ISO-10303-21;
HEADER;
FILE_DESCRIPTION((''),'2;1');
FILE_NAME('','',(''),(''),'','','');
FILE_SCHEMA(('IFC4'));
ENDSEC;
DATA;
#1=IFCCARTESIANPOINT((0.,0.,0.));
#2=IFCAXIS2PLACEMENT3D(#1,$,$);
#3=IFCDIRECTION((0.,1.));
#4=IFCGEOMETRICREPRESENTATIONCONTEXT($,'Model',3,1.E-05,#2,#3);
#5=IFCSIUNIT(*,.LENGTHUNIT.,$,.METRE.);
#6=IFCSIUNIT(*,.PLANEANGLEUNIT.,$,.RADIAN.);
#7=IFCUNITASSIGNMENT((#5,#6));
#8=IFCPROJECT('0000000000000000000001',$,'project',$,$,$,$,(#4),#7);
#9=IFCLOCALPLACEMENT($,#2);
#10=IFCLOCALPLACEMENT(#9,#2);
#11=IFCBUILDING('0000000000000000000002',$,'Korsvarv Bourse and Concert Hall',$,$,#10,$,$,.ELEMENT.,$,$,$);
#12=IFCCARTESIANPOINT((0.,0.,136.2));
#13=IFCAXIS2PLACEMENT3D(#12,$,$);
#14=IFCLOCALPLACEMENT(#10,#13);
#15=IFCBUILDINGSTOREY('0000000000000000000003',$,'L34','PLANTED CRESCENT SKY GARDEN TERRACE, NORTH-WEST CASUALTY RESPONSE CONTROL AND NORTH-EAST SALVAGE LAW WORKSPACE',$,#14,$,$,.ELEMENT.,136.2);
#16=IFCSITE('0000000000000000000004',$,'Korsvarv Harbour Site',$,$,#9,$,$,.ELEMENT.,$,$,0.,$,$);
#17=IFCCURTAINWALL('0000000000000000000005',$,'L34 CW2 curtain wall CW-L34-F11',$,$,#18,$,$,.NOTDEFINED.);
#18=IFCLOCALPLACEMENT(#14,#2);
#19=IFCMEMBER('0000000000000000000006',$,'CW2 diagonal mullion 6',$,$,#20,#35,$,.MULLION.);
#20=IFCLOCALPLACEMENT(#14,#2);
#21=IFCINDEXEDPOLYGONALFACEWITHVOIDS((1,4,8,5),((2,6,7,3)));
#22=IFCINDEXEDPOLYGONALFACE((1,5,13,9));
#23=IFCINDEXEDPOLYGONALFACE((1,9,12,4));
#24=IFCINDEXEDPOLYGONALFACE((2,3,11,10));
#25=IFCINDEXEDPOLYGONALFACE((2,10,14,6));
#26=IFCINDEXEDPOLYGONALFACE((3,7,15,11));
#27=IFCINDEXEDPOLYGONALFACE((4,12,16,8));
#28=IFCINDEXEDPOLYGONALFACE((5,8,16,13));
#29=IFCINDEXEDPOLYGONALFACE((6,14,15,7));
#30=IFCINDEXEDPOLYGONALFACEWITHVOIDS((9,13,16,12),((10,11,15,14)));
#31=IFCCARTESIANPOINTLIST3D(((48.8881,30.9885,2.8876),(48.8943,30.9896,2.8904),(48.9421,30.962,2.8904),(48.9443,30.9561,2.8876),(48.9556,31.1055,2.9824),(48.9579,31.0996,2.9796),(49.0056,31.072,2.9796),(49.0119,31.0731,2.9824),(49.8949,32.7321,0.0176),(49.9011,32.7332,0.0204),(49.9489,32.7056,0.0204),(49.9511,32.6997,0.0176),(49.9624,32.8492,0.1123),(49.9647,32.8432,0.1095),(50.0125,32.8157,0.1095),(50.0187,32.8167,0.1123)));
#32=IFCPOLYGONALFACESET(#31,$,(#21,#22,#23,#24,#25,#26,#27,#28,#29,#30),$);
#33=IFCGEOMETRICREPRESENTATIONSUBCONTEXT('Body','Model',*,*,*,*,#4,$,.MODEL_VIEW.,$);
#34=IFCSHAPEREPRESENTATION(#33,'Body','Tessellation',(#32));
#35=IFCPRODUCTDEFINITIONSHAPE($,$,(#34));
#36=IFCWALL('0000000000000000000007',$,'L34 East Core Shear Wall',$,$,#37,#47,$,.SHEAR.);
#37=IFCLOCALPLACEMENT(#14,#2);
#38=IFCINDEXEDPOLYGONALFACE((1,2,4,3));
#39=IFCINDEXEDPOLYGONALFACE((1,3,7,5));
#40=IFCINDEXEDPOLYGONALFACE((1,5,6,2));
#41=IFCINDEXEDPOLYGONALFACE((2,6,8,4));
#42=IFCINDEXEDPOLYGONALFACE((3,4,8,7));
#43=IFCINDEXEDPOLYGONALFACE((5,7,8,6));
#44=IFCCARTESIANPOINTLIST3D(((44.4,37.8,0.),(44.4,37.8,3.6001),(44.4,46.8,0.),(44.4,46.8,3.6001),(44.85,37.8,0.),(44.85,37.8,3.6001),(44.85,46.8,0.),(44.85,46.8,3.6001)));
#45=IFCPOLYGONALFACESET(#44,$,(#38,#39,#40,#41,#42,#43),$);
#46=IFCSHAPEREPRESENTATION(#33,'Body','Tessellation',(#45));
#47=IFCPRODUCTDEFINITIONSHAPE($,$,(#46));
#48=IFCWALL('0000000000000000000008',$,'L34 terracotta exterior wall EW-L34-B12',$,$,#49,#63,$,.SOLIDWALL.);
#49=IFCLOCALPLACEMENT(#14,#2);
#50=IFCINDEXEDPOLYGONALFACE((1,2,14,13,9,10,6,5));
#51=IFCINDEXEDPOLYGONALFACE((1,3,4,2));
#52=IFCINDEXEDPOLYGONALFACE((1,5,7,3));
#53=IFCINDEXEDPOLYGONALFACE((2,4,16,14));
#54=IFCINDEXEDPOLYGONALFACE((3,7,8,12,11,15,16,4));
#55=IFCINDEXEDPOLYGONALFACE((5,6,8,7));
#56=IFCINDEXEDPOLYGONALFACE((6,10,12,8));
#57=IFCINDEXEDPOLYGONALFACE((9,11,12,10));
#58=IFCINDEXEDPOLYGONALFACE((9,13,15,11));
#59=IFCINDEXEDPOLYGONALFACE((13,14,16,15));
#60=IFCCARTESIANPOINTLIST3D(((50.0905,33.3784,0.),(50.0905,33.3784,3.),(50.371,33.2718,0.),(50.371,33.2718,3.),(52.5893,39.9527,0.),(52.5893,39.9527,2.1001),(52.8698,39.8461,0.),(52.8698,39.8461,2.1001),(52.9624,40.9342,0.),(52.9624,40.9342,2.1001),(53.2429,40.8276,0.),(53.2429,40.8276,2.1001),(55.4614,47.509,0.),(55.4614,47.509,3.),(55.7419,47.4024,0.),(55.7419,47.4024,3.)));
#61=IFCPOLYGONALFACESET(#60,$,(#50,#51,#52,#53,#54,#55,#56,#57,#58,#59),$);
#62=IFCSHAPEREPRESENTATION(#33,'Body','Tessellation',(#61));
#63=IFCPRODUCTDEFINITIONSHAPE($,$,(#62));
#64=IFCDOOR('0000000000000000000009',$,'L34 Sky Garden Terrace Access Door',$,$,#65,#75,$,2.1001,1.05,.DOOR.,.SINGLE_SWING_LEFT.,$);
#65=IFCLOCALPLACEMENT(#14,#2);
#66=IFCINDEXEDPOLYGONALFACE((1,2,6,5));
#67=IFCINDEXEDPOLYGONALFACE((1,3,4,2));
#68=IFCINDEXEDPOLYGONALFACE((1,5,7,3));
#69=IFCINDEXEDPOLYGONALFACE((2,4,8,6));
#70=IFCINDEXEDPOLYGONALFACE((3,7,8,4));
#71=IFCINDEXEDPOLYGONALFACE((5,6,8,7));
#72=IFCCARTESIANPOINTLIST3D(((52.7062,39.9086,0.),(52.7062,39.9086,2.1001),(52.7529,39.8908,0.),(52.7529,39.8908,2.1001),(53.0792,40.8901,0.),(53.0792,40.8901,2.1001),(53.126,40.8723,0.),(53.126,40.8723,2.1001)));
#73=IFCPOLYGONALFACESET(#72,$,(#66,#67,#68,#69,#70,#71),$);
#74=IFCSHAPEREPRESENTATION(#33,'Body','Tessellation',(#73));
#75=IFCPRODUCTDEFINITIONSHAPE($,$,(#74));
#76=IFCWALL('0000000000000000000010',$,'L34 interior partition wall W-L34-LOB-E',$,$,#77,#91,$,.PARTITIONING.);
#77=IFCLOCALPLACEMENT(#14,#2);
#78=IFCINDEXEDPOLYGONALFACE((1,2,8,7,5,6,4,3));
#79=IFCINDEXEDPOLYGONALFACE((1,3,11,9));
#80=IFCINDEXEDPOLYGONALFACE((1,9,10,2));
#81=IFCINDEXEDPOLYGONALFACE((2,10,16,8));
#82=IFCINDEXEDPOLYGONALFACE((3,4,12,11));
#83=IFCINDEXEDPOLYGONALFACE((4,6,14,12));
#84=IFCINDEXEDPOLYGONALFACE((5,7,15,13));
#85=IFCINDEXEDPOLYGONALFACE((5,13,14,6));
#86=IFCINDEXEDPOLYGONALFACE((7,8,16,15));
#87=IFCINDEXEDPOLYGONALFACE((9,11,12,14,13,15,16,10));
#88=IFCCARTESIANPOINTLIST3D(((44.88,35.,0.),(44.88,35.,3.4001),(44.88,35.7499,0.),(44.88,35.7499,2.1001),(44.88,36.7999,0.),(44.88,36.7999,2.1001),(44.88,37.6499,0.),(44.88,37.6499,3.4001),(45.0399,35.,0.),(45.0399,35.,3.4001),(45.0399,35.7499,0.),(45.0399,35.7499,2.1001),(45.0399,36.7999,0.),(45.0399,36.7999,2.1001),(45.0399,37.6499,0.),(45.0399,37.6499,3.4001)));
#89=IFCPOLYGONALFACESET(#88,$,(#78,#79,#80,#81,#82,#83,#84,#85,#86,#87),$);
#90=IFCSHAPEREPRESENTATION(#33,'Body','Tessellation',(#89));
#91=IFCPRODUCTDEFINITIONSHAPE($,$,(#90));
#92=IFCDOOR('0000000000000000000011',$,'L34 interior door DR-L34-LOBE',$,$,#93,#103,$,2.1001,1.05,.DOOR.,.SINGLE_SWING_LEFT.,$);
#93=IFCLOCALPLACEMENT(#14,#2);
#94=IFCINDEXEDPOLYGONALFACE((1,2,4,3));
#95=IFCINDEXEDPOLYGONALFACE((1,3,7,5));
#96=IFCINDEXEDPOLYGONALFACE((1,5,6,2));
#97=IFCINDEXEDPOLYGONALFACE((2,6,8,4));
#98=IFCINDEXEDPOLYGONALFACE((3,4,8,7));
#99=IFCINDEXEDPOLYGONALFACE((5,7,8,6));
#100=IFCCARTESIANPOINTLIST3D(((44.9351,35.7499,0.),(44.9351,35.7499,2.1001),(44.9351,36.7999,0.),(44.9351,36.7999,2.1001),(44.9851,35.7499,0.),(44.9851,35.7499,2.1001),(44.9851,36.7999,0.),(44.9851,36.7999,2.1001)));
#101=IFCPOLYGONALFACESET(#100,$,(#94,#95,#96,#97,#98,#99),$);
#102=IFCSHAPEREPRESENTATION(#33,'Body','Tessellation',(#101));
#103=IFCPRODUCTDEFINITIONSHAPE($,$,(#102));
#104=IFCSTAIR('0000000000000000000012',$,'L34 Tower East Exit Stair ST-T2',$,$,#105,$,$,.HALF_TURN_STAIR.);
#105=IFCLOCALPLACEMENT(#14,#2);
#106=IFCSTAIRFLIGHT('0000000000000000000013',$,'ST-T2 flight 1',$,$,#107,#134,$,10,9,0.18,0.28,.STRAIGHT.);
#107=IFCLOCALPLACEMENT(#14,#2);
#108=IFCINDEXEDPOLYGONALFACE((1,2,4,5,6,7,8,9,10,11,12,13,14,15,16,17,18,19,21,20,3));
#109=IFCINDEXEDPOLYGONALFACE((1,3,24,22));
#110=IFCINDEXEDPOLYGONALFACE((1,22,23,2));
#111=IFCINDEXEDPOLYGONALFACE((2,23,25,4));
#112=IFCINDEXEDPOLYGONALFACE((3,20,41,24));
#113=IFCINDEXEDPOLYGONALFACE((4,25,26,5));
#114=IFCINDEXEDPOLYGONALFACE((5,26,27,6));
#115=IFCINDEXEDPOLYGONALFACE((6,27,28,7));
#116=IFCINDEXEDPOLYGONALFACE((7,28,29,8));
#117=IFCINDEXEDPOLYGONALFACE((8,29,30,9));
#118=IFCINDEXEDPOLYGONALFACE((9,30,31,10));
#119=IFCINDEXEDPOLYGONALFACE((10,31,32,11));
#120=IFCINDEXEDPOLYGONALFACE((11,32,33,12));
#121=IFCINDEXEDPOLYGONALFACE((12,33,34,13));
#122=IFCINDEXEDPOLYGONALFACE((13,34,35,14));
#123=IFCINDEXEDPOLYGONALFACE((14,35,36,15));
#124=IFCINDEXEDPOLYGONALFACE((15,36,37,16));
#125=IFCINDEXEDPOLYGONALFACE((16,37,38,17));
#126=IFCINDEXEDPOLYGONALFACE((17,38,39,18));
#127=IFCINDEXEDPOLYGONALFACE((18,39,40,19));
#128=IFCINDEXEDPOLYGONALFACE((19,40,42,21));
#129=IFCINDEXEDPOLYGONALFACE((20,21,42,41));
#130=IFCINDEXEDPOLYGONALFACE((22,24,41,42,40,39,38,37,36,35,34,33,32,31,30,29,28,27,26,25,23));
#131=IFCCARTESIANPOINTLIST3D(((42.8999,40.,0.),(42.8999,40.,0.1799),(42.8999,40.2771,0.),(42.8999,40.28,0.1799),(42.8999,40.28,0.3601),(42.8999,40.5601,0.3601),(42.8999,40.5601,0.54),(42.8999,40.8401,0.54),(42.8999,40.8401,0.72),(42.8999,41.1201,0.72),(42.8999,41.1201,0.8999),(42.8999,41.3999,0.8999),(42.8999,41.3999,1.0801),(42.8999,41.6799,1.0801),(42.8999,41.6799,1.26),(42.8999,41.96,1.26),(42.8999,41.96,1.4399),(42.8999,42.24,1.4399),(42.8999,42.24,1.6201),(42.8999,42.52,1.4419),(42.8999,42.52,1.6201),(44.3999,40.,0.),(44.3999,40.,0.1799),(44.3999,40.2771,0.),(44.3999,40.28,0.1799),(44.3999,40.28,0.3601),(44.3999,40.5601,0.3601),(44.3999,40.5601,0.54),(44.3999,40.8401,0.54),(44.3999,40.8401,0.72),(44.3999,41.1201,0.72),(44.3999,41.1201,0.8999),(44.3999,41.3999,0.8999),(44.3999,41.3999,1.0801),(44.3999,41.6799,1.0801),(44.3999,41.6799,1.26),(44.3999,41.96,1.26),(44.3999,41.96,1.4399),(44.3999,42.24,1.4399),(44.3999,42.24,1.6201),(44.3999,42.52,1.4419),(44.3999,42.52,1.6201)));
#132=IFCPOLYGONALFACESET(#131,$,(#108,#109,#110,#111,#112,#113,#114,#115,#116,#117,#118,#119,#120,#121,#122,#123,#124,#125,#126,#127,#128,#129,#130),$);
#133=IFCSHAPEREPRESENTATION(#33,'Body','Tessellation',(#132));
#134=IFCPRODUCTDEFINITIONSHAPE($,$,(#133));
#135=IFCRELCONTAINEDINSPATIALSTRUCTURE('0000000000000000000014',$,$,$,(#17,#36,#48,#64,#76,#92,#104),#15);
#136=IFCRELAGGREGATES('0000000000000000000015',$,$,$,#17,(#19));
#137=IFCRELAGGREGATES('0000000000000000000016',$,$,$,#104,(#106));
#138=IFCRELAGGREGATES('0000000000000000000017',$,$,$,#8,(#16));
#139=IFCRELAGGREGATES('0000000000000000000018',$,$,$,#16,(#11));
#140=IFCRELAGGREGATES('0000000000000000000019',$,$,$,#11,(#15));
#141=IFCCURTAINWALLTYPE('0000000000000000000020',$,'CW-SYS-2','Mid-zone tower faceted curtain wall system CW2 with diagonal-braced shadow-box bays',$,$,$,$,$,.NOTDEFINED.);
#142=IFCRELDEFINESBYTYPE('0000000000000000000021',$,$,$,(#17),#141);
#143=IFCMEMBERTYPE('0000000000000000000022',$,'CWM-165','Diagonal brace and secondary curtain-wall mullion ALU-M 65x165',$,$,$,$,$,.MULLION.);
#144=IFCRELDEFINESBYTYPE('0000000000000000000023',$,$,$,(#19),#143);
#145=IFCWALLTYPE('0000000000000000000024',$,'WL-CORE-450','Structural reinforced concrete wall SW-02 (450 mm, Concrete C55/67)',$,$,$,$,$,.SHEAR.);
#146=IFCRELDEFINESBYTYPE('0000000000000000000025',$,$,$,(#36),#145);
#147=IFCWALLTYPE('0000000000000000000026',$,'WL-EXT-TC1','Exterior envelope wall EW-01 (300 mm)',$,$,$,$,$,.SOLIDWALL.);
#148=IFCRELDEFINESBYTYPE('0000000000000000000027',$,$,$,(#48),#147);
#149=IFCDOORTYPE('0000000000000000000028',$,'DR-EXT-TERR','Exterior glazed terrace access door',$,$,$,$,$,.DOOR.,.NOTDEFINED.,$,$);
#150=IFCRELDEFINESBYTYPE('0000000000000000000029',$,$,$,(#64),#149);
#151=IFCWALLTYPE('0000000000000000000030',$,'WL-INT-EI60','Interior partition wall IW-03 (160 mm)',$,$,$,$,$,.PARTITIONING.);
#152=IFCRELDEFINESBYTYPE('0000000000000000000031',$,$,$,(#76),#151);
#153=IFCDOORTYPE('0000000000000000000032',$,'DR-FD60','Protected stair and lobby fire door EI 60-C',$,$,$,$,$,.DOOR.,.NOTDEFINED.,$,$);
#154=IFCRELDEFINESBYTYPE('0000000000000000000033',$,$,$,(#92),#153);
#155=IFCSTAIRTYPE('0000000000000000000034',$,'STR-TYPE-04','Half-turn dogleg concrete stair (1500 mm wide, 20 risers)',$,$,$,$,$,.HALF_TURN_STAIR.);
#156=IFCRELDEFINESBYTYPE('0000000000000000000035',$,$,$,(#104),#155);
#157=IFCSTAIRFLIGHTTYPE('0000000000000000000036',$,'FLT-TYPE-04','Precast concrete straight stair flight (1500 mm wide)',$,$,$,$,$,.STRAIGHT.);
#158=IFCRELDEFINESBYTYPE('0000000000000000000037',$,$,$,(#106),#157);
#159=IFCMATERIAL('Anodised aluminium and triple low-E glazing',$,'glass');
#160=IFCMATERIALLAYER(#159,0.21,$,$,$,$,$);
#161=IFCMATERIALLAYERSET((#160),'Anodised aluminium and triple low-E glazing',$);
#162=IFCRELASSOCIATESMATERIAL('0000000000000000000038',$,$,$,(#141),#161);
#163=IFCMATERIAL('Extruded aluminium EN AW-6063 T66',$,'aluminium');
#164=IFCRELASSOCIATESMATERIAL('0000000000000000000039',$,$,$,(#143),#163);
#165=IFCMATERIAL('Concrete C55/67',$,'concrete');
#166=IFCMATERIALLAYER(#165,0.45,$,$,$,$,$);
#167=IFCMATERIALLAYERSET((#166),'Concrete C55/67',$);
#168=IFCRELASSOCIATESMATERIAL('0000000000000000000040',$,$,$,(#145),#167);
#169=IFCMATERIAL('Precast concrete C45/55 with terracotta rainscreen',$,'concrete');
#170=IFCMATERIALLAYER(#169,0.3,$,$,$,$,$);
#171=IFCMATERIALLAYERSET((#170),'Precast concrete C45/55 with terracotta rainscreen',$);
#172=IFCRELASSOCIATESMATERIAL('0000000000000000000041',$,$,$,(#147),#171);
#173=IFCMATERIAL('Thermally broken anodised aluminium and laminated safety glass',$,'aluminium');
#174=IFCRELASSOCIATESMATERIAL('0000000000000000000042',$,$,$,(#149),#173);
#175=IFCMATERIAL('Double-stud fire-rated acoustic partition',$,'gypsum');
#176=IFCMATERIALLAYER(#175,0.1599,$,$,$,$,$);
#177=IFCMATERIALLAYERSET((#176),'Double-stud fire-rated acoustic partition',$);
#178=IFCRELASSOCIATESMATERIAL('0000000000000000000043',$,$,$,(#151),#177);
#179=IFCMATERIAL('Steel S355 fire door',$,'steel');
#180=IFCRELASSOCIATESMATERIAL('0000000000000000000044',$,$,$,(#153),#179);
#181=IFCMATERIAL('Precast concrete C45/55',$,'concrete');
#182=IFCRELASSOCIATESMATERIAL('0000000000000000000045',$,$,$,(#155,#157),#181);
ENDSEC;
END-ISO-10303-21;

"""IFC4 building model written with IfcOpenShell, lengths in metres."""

from ifc_helpers import new_model, si_unit, direction, frame, frame_2d, origin, origin_2d, place, context, subcontext, project, spatial, polyline, rectangle, hollow_rectangle, outline, extrude, source, transform, mapped, material, layer, layer_set, material_profile, profile_set, type_object, element, fill, aggregate, save


model = new_model("IFC4")

# Units and contexts
model_context = context("Model", 3, precision=1e-05, world=origin(), true_north=direction((0.0, 1.0)))
body_context = subcontext(model_context, "Body", "Model", "MODEL_VIEW")
ifc_project = project(units=[si_unit("LENGTHUNIT", "METRE"), si_unit("PLANEANGLEUNIT", "RADIAN")], contexts=[model_context])

# Site, building, storey
site_placement = place(None, origin())
site = spatial("IfcSite", under=ifc_project, at=site_placement, Name="Korsvarv Harbour Site", CompositionType="ELEMENT", RefElevation=0.0)
building_placement = place(site_placement, origin())
building = spatial("IfcBuilding", under=site, at=building_placement, Name="Korsvarv Bourse and Concert Hall", CompositionType="ELEMENT")
storey_placement = place(building_placement, frame((0.0, 0.0, 136.2)))
storey = spatial("IfcBuildingStorey", under=building, at=storey_placement, Name="L34", Description="PLANTED CRESCENT SKY GARDEN TERRACE, NORTH-WEST CASUALTY RESPONSE CONTROL AND NORTH-EAST SALVAGE LAW WORKSPACE", CompositionType="ELEMENT", Elevation=136.2)

# Curtain wall, member
ifc_material_1 = material(Name="Anodised aluminium and triple low-E glazing", Category="glass")
ifc_layer_1 = layer(ifc_material_1, 0.21)
ifc_layer_set_1 = layer_set([ifc_layer_1], Name="Anodised aluminium and triple low-E glazing")
curtain_wall_type = type_object("IfcCurtainWallType", Name="CW-SYS-2", Description="Mid-zone tower faceted curtain wall system CW2 with diagonal-braced shadow-box bays", PredefinedType="NOTDEFINED", material=ifc_layer_set_1)
curtain_wall_placement = place(storey_placement, origin())
curtain_wall = element("IfcCurtainWall", 1, at=curtain_wall_placement, inside=storey, type_object=curtain_wall_type, Name="L34 CW2 curtain wall CW-L34-F11", PredefinedType="NOTDEFINED")
ifc_material_2 = material(Name="Extruded aluminium EN AW-6063 T66", Category="aluminium")
ifc_material_profile_1 = material_profile(ifc_material_2, hollow_rectangle(XDim=0.0649, YDim=0.165, WallThickness=0.0049, at=origin_2d()), Name="ALU-M 65x165")
ifc_profile_set_1 = profile_set([ifc_material_profile_1], Name="Extruded aluminium EN AW-6063 T66")
member_type_1 = type_object("IfcMemberType", Name="CWM-165", Description="Diagonal brace and secondary curtain-wall mullion ALU-M 65x165", PredefinedType="MULLION", material=ifc_profile_set_1)
shared_shape_1 = source(origin(), body_context, "Body", "SweptSolid", [
    extrude(hollow_rectangle(XDim=0.0649, YDim=0.165, WallThickness=0.0049, at=origin_2d()), origin(), (0.0, 0.0, 1.0), 3.5059),
])
member_1_placement = place(storey_placement, frame((49.9568, 32.7744, 0.0649), z_axis=(-0.28718, -0.497342, 0.818644), x_axis=(0.865996, -0.500051, 0.0)))
member_1 = element("IfcMember", 2, at=member_1_placement, type_object=member_type_1, Name="CW2 diagonal mullion 6", PredefinedType="MULLION", context=body_context, shape_type="MappedRepresentation", body=[
    mapped(shared_shape_1, transform((0.0, 0.0, 0.0), scale=1.0)),
])
aggregate(curtain_wall, [member_1])

# Wall
ifc_material_3 = material(Name="Concrete C55/67", Category="concrete")
ifc_layer_2 = layer(ifc_material_3, 0.45)
ifc_layer_set_2 = layer_set([ifc_layer_2], Name="Concrete C55/67")
wall_type_1 = type_object("IfcWallType", Name="WL-CORE-450", Description="Structural reinforced concrete wall SW-02 (450 mm, Concrete C55/67)", PredefinedType="SHEAR", material=ifc_layer_set_2)
wall_1_placement = place(storey_placement, frame((44.625, 37.8, 0.0), z_axis=(0.0, 0.0, 1.0), x_axis=(0.0, 1.0, 0.0)))
element("IfcWall", 3, at=wall_1_placement, inside=storey, type_object=wall_type_1, Name="L34 East Core Shear Wall", PredefinedType="SHEAR", context=body_context, shape_type="SweptSolid", body=[
    extrude(rectangle(XDim=9.0, YDim=0.45, at=frame_2d((4.5, 0.0))), origin(), (0.0, 0.0, 1.0), 3.6001),
])

# Walls, openings, doors
ifc_material_4 = material(Name="Precast concrete C45/55 with terracotta rainscreen", Category="concrete")
ifc_layer_3 = layer(ifc_material_4, 0.3)
ifc_layer_set_3 = layer_set([ifc_layer_3], Name="Precast concrete C45/55 with terracotta rainscreen")
wall_type_2 = type_object("IfcWallType", Name="WL-EXT-TC1", Description="Exterior envelope wall EW-01 (300 mm)", PredefinedType="SOLIDWALL", material=ifc_layer_set_3)
wall_2_placement = place(storey_placement, frame((50.2307, 33.325, 0.0), z_axis=(0.0, 0.0, 1.0), x_axis=(0.355288, 0.934757, 0.0)))
wall_2 = element("IfcWall", 4, at=wall_2_placement, inside=storey, type_object=wall_type_2, Name="L34 terracotta exterior wall EW-L34-B12", PredefinedType="SOLIDWALL", context=body_context, shape_type="SweptSolid", body=[
    extrude(rectangle(XDim=15.1169, YDim=0.3, at=frame_2d((7.5586, 0.0))), origin(), (0.0, 0.0, 1.0), 3.0),
])
opening_1_placement = place(wall_2_placement, frame((7.0334, 0.0, 0.0)))
opening_1 = element("IfcOpeningElement", 5, at=opening_1_placement, cuts=wall_2, PredefinedType="OPENING", context=body_context, shape_type="SweptSolid", body=[
    extrude(rectangle(XDim=1.05, YDim=2.1001, at=frame_2d((0.5249, 1.05))), frame((0.0, 0.1602, 0.0), z_axis=(0.0, -1.0, 0.0), x_axis=(1.0, 0.0, 0.0)), (0.0, 0.0, 1.0), 0.3201),
])
ifc_material_5 = material(Name="Thermally broken anodised aluminium and laminated safety glass", Category="aluminium")
door_type_1 = type_object("IfcDoorType", Name="DR-EXT-TERR", Description="Exterior glazed terrace access door", OperationType="NOTDEFINED", PredefinedType="DOOR", material=ifc_material_5)
door_1_placement = place(opening_1_placement, frame((1.05, 0.0, 0.0), z_axis=(0.0, 0.0, 1.0), x_axis=(-1.0, 0.0, 0.0)))
door_1 = element("IfcDoor", 6, at=door_1_placement, inside=storey, type_object=door_type_1, Name="L34 Sky Garden Terrace Access Door", OperationType="SINGLE_SWING_LEFT", OverallHeight=2.1001, OverallWidth=1.05, PredefinedType="DOOR", context=body_context, shape_type="SweptSolid", body=[
    extrude(rectangle(XDim=1.05, YDim=2.1001, at=frame_2d((0.5249, 1.05))), frame((0.0, 0.0249, 0.0), z_axis=(0.0, -1.0, 0.0), x_axis=(1.0, 0.0, 0.0)), (0.0, 0.0, 1.0), 0.05),
])
fill(opening_1, door_1)
ifc_material_6 = material(Name="Double-stud fire-rated acoustic partition", Category="gypsum")
ifc_layer_4 = layer(ifc_material_6, 0.1599)
ifc_layer_set_4 = layer_set([ifc_layer_4], Name="Double-stud fire-rated acoustic partition")
wall_type_3 = type_object("IfcWallType", Name="WL-INT-EI60", Description="Interior partition wall IW-03 (160 mm)", PredefinedType="PARTITIONING", material=ifc_layer_set_4)
wall_3_placement = place(storey_placement, frame((44.96, 35.0, 0.0), z_axis=(0.0, 0.0, 1.0), x_axis=(0.0, 1.0, 0.0)))
wall_3 = element("IfcWall", 7, at=wall_3_placement, inside=storey, type_object=wall_type_3, Name="L34 interior partition wall W-L34-LOB-E", PredefinedType="PARTITIONING", context=body_context, shape_type="SweptSolid", body=[
    extrude(rectangle(XDim=2.6499, YDim=0.1599, at=frame_2d((1.325, 0.0))), origin(), (0.0, 0.0, 1.0), 3.4001),
])
opening_2_placement = place(wall_3_placement, frame((0.75, 0.0, 0.0)))
opening_2 = element("IfcOpeningElement", 8, at=opening_2_placement, cuts=wall_3, PredefinedType="OPENING", context=body_context, shape_type="SweptSolid", body=[
    extrude(rectangle(XDim=1.05, YDim=2.1001, at=frame_2d((0.5249, 1.05))), frame((0.0, 0.0898, 0.0), z_axis=(0.0, -1.0, 0.0), x_axis=(1.0, 0.0, 0.0)), (0.0, 0.0, 1.0), 0.1799),
])
ifc_material_7 = material(Name="Steel S355 fire door", Category="steel")
door_type_2 = type_object("IfcDoorType", Name="DR-FD60", Description="Protected stair and lobby fire door EI 60-C", OperationType="NOTDEFINED", PredefinedType="DOOR", material=ifc_material_7)
door_2_placement = place(opening_2_placement, origin())
door_2 = element("IfcDoor", 9, at=door_2_placement, inside=storey, type_object=door_type_2, Name="L34 interior door DR-L34-LOBE", OperationType="SINGLE_SWING_LEFT", OverallHeight=2.1001, OverallWidth=1.05, PredefinedType="DOOR", context=body_context, shape_type="SweptSolid", body=[
    extrude(rectangle(XDim=1.05, YDim=2.1001, at=frame_2d((0.5249, 1.05))), frame((0.0, 0.0249, 0.0), z_axis=(0.0, -1.0, 0.0), x_axis=(1.0, 0.0, 0.0)), (0.0, 0.0, 1.0), 0.05),
])
fill(opening_2, door_2)

# Stair, stair flight
ifc_material_8 = material(Name="Precast concrete C45/55", Category="concrete")
stair_type = type_object("IfcStairType", Name="STR-TYPE-04", Description="Half-turn dogleg concrete stair (1500 mm wide, 20 risers)", PredefinedType="HALF_TURN_STAIR", material=ifc_material_8)
stair_placement = place(storey_placement, origin())
stair = element("IfcStair", 10, at=stair_placement, inside=storey, type_object=stair_type, Name="L34 Tower East Exit Stair ST-T2", PredefinedType="HALF_TURN_STAIR")
stair_flight_type = type_object("IfcStairFlightType", Name="FLT-TYPE-04", Description="Precast concrete straight stair flight (1500 mm wide)", PredefinedType="STRAIGHT", material=ifc_material_8)
stair_flight_placement = place(storey_placement, frame((43.6499, 40.0, 0.0), z_axis=(0.0, 0.0, 1.0), x_axis=(0.0, 1.0, 0.0)))
stair_flight = element("IfcStairFlight", 11, at=stair_flight_placement, type_object=stair_flight_type, Name="ST-T2 flight 1", NumberOfRisers=10, NumberOfTreads=9, PredefinedType="STRAIGHT", RiserHeight=0.18, TreadLength=0.28, context=body_context, shape_type="SweptSolid", body=[
    extrude(outline(polyline([(0.0, 0.0), (0.0, 0.1799), (0.28, 0.1799), (0.28, 0.3601), (0.5601, 0.3601), (0.5601, 0.54), (0.8401, 0.54), (0.8401, 0.72), (1.1201, 0.72), (1.1201, 0.8999), (1.3999, 0.8999), (1.3999, 1.0801), (1.6799, 1.0801), (1.6799, 1.26), (1.96, 1.26), (1.96, 1.4399), (2.24, 1.4399), (2.24, 1.6201), (2.52, 1.6201), (2.52, 1.8), (2.52, 1.4419), (0.2771, 0.0), (0.0, 0.0)])), frame((0.0, 0.75, 0.0), z_axis=(0.0, -1.0, 0.0), x_axis=(1.0, 0.0, 0.0)), (0.0, 0.0, 1.0), 1.5),
])
aggregate(stair, [stair_flight])

save(model, "model.ifc")
